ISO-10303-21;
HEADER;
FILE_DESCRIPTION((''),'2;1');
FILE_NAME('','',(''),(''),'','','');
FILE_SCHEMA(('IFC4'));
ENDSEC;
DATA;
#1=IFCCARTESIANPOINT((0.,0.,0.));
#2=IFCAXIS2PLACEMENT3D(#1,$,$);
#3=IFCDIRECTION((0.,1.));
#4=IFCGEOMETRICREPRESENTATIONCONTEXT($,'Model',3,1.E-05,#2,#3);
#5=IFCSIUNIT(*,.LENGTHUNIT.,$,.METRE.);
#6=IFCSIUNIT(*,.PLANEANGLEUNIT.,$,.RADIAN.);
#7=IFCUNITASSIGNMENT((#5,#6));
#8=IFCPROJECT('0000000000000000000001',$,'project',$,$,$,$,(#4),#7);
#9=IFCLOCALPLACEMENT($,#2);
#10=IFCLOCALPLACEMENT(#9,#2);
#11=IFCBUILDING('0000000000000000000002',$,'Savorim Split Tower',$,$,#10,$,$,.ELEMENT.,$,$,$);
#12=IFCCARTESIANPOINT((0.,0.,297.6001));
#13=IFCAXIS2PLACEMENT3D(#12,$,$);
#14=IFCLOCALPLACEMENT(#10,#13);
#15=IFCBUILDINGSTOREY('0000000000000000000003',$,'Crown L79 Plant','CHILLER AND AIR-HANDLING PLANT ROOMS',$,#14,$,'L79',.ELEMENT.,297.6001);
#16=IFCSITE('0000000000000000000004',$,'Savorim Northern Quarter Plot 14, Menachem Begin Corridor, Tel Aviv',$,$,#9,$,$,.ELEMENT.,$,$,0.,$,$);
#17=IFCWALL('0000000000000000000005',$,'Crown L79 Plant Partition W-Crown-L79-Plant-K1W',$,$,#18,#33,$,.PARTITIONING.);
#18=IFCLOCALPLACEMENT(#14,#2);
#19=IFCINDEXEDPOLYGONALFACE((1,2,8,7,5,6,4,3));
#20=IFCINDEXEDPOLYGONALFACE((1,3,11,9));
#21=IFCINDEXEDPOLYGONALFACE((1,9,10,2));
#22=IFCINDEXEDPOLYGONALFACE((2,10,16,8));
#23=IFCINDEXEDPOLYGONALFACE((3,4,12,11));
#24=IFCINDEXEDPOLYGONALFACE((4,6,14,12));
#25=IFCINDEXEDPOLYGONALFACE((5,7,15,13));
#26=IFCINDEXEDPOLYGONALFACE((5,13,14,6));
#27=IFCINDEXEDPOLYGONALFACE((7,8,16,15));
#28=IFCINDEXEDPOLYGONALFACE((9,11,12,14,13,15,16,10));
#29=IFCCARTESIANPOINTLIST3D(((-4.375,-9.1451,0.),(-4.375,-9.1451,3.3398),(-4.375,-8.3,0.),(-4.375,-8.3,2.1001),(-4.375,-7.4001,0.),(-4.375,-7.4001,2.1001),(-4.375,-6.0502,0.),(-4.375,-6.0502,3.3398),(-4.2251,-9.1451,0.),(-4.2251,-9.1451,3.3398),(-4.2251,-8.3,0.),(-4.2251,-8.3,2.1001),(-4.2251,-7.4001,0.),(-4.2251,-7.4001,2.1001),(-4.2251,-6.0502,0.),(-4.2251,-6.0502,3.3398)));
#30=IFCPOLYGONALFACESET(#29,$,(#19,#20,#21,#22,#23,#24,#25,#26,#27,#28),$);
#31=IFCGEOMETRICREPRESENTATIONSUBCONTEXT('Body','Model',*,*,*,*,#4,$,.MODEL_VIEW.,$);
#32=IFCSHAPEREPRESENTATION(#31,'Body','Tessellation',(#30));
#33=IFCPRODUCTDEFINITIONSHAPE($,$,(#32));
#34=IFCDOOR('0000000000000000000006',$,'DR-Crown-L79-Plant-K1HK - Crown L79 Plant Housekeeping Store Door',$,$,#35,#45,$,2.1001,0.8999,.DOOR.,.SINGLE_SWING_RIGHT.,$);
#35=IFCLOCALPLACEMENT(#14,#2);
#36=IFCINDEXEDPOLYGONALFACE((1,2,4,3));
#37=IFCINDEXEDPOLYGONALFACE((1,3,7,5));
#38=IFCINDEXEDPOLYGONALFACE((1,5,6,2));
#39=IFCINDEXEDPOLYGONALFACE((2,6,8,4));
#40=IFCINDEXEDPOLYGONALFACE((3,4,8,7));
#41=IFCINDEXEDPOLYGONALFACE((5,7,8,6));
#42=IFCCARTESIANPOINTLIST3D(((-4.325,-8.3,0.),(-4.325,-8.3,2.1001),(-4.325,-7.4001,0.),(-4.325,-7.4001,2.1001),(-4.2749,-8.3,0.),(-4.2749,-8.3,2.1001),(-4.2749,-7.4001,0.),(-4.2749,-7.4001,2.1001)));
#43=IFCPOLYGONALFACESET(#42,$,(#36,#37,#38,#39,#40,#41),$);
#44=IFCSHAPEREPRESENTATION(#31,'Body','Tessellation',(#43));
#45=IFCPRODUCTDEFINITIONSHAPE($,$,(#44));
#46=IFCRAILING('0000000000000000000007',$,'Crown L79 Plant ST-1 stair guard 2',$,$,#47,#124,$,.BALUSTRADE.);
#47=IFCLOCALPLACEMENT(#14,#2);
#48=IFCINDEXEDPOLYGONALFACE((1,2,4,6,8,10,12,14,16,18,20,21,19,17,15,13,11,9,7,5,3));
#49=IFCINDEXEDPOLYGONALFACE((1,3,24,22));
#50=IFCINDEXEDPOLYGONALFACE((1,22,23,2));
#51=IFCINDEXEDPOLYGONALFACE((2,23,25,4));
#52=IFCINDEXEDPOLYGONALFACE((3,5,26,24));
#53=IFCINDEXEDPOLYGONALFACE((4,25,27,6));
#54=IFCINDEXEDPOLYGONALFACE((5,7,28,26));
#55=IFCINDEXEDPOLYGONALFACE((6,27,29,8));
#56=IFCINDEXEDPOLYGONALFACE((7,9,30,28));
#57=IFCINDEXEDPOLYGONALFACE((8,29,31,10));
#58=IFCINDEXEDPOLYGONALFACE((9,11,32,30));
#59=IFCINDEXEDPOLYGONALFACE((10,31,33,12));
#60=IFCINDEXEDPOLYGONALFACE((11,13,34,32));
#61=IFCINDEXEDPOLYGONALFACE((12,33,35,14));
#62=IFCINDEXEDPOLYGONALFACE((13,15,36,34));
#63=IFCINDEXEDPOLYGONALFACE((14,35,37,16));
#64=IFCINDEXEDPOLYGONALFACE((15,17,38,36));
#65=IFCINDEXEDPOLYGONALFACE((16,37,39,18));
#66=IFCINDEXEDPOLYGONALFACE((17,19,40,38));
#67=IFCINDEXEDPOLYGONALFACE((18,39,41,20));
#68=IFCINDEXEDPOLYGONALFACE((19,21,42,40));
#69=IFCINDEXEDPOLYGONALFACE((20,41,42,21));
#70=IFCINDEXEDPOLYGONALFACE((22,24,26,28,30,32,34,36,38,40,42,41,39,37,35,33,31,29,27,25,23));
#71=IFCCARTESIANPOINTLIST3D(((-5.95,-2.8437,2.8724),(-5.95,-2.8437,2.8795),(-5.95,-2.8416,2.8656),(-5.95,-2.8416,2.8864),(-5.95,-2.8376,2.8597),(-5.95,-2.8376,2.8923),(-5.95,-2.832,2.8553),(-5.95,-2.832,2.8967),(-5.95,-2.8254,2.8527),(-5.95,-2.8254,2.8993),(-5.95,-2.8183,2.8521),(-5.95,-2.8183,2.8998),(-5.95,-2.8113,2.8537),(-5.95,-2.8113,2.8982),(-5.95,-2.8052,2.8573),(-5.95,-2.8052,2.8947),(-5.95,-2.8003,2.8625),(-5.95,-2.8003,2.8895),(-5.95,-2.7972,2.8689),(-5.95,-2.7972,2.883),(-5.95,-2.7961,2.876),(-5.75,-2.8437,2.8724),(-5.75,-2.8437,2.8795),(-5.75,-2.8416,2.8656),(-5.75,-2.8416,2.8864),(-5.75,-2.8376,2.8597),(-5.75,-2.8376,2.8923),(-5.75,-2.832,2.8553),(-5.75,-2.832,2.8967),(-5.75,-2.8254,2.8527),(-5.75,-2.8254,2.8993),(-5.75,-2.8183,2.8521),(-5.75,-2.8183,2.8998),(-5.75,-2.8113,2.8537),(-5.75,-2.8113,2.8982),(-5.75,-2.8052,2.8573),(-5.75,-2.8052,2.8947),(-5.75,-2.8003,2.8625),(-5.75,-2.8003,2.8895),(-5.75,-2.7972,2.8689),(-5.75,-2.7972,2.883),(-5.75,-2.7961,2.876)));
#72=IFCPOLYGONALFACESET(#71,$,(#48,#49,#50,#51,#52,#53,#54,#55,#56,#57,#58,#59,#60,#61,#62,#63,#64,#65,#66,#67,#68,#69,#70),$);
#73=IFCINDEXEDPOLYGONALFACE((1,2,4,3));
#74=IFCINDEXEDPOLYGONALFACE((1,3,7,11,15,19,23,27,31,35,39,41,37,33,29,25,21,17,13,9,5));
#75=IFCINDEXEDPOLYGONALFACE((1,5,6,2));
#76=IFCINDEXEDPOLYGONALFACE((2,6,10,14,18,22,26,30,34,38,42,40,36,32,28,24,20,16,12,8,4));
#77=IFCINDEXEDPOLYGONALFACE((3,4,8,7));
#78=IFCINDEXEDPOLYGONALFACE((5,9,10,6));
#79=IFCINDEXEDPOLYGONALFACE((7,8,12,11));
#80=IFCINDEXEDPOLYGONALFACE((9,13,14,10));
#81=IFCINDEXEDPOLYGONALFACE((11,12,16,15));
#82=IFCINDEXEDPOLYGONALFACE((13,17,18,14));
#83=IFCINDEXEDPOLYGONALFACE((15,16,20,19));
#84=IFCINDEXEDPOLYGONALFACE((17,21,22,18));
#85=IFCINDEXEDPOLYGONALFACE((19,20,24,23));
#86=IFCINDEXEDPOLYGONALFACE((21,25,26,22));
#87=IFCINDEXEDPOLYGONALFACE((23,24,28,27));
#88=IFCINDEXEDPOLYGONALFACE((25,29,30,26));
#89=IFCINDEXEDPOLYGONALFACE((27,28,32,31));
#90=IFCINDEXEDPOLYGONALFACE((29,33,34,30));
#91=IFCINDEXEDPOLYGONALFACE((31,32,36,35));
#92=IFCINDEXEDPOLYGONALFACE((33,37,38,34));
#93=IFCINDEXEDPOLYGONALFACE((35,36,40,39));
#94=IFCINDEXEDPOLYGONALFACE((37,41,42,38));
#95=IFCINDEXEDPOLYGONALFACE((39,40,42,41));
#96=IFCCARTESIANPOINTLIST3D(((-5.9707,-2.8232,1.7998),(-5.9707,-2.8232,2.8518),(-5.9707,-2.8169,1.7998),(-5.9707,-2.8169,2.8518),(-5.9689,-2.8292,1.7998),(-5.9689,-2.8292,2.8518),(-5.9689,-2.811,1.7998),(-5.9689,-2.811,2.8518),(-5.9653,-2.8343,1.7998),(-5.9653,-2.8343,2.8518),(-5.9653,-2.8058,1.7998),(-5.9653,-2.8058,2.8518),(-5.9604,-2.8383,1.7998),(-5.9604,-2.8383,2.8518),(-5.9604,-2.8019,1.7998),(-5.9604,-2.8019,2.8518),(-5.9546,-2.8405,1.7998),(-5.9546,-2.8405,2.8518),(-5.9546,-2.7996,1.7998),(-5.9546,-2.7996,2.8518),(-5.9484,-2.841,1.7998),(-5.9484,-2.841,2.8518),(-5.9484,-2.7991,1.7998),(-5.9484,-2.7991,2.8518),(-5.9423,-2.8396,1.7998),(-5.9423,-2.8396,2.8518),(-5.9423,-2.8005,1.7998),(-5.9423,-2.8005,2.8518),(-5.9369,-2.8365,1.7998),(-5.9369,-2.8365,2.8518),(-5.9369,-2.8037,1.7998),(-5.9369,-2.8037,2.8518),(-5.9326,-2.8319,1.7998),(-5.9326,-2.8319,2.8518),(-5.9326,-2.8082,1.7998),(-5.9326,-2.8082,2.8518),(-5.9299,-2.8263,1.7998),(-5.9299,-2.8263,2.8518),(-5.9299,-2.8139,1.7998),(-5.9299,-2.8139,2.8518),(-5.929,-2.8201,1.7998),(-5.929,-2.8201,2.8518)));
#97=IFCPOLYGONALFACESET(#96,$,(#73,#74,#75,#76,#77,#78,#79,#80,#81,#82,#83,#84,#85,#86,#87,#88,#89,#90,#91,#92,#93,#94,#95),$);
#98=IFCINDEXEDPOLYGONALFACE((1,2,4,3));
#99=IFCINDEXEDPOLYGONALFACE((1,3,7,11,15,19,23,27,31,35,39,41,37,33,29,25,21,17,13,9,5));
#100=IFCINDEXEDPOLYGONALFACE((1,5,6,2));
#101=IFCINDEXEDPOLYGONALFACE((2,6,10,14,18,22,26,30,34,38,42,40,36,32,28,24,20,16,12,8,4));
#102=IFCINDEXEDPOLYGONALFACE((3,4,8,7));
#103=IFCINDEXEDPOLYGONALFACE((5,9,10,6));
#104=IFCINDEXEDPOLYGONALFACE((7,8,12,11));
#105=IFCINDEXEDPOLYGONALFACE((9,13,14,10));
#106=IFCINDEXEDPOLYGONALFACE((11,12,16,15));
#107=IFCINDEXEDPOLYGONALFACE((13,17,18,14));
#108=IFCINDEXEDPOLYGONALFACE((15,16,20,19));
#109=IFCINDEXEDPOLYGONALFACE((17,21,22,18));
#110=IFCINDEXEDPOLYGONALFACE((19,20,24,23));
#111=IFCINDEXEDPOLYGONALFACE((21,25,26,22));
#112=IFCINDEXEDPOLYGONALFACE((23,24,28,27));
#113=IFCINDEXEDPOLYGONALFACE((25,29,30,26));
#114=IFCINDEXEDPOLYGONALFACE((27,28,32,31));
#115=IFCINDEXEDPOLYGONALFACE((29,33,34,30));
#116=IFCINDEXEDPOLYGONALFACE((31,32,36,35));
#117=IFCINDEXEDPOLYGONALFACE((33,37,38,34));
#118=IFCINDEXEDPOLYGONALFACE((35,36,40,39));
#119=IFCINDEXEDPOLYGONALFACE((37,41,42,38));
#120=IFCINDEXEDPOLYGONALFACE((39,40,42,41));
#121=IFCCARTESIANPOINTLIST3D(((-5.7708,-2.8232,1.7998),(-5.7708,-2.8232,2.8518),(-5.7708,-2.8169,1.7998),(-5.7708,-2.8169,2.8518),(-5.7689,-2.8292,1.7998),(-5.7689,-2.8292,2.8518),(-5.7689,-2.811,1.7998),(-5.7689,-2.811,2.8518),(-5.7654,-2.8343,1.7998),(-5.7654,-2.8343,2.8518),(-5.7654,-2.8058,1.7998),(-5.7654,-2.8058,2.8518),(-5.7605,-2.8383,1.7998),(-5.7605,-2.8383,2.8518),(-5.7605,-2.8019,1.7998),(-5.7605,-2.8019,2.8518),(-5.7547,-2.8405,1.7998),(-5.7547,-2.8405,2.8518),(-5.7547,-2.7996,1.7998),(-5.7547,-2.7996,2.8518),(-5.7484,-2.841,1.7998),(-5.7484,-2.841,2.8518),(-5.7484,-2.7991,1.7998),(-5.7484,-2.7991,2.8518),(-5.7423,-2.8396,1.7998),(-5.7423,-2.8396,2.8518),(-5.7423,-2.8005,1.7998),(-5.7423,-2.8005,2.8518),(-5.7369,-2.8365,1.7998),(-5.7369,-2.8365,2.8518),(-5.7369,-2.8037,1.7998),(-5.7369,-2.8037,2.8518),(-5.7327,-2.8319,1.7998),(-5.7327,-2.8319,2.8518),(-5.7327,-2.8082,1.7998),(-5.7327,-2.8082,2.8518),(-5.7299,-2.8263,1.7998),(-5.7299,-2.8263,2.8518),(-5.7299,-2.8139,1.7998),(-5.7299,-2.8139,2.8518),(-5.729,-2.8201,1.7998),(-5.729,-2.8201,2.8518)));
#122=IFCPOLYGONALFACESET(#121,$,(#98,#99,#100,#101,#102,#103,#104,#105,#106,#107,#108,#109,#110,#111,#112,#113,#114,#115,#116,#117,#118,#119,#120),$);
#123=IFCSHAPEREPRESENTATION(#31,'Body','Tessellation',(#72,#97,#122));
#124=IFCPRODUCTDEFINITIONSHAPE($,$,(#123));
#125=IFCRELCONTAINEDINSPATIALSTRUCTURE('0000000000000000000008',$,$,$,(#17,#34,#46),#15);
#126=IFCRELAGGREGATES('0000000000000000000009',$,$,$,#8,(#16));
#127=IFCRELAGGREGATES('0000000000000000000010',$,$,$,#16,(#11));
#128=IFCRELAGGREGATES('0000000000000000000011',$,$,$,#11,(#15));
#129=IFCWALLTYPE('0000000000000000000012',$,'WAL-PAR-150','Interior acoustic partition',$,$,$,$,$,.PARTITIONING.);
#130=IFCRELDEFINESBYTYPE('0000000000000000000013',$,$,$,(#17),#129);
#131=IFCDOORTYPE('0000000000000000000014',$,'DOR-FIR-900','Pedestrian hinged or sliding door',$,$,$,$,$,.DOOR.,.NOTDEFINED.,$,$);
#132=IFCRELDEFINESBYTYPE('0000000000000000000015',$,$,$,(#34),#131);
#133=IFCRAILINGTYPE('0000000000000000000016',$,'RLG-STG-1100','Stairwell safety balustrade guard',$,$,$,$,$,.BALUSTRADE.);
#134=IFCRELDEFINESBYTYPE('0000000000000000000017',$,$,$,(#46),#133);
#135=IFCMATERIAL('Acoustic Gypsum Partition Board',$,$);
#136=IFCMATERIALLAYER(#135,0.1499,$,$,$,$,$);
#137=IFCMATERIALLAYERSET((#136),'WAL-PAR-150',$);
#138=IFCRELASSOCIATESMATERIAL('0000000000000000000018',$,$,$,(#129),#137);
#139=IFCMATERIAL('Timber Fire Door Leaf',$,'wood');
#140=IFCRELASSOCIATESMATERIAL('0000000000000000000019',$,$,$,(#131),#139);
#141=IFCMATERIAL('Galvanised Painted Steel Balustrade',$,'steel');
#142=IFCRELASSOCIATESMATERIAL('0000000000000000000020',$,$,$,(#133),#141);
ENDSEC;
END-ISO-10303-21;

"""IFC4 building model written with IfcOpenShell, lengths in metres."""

from ifc_helpers import new_model, si_unit, direction, frame, frame_2d, origin, origin_2d, place, context, subcontext, project, spatial, rectangle, circle, extrude, material, layer, layer_set, type_object, element, fill, save


model = new_model("IFC4")

# Units and contexts
model_context = context("Model", 3, precision=1e-05, world=origin(), true_north=direction((0.0, 1.0)))
body_context = subcontext(model_context, "Body", "Model", "MODEL_VIEW")
ifc_project = project(units=[si_unit("LENGTHUNIT", "METRE"), si_unit("PLANEANGLEUNIT", "RADIAN")], contexts=[model_context])

# Site, building, storey
site_placement = place(None, origin())
site = spatial("IfcSite", under=ifc_project, at=site_placement, Name="Savorim Northern Quarter Plot 14, Menachem Begin Corridor, Tel Aviv", CompositionType="ELEMENT", RefElevation=0.0)
building_placement = place(site_placement, origin())
building = spatial("IfcBuilding", under=site, at=building_placement, Name="Savorim Split Tower", CompositionType="ELEMENT")
storey_placement = place(building_placement, frame((0.0, 0.0, 297.6001)))
storey = spatial("IfcBuildingStorey", under=building, at=storey_placement, Name="Crown L79 Plant", Description="CHILLER AND AIR-HANDLING PLANT ROOMS", LongName="L79", CompositionType="ELEMENT", Elevation=297.6001)

# Shared definitions
ifc_material_1 = material(Name="Timber Fire Door Leaf", Category="wood")

# Wall, opening, door
ifc_material_2 = material(Name="Acoustic Gypsum Partition Board")
ifc_layer_1 = layer(ifc_material_2, 0.1499)
ifc_layer_set_1 = layer_set([ifc_layer_1], Name="WAL-PAR-150")
wall_type_1 = type_object("IfcWallType", Name="WAL-PAR-150", Description="Interior acoustic partition", PredefinedType="PARTITIONING", material=ifc_layer_set_1)
wall_1_placement = place(storey_placement, frame((-4.3, -9.145, 0.0), z_axis=(0.0, 0.0, 1.0), x_axis=(0.0, 1.0, 0.0)))
wall_1 = element("IfcWall", 1, at=wall_1_placement, inside=storey, type_object=wall_type_1, Name="Crown L79 Plant Partition W-Crown-L79-Plant-K1W", PredefinedType="PARTITIONING", context=body_context, shape_type="SweptSolid", body=[
    extrude(rectangle(XDim=3.095, YDim=0.1499, at=frame_2d((1.5474, 0.0))), origin(), (0.0, 0.0, 1.0), 3.3398),
])
opening_1_placement = place(wall_1_placement, frame((0.845, 0.0, 0.0)))
opening_1 = element("IfcOpeningElement", 2, at=opening_1_placement, cuts=wall_1, PredefinedType="OPENING", context=body_context, shape_type="SweptSolid", body=[
    extrude(rectangle(XDim=0.8999, YDim=2.1001, at=frame_2d((0.45, 1.05))), frame((0.0, 0.085, 0.0), z_axis=(0.0, -1.0, 0.0), x_axis=(1.0, 0.0, 0.0)), (0.0, 0.0, 1.0), 0.1699),
])
door_type_1 = type_object("IfcDoorType", Name="DOR-FIR-900", Description="Pedestrian hinged or sliding door", OperationType="NOTDEFINED", PredefinedType="DOOR", material=ifc_material_1)
door_1_placement = place(opening_1_placement, origin())
door_1 = element("IfcDoor", 3, at=door_1_placement, inside=storey, type_object=door_type_1, Name="DR-Crown-L79-Plant-K1HK - Crown L79 Plant Housekeeping Store Door", OperationType="SINGLE_SWING_RIGHT", OverallHeight=2.1001, OverallWidth=0.8999, PredefinedType="DOOR", context=body_context, shape_type="SweptSolid", body=[
    extrude(rectangle(XDim=0.8999, YDim=2.1001, at=frame_2d((0.45, 1.05))), frame((0.0, 0.0249, 0.0), z_axis=(0.0, -1.0, 0.0), x_axis=(1.0, 0.0, 0.0)), (0.0, 0.0, 1.0), 0.05),
])
fill(opening_1, door_1)

# Railing
ifc_material_3 = material(Name="Galvanised Painted Steel Balustrade", Category="steel")
railing_type = type_object("IfcRailingType", Name="RLG-STG-1100", Description="Stairwell safety balustrade guard", PredefinedType="BALUSTRADE", material=ifc_material_3)
railing_1_placement = place(storey_placement, frame((-5.95, -2.8201, 1.7998)))
element("IfcRailing", 4, at=railing_1_placement, inside=storey, type_object=railing_type, Name="Crown L79 Plant ST-1 stair guard 2", PredefinedType="BALUSTRADE", context=body_context, shape_type="SweptSolid", body=[
    extrude(circle(Radius=0.0239, at=origin_2d()), frame((0.0, 0.0, 1.0762), z_axis=(1.0, 0.0, 0.0), x_axis=(0.0, 1.0, 0.0)), (0.0, 0.0, 1.0), 0.2),
    extrude(circle(Radius=0.021, at=origin_2d()), origin(), (0.0, 0.0, 1.0), 1.052),
    extrude(circle(Radius=0.021, at=origin_2d()), frame((0.2, 0.0, 0.0)), (0.0, 0.0, 1.0), 1.052),
])

save(model, "model.ifc")
